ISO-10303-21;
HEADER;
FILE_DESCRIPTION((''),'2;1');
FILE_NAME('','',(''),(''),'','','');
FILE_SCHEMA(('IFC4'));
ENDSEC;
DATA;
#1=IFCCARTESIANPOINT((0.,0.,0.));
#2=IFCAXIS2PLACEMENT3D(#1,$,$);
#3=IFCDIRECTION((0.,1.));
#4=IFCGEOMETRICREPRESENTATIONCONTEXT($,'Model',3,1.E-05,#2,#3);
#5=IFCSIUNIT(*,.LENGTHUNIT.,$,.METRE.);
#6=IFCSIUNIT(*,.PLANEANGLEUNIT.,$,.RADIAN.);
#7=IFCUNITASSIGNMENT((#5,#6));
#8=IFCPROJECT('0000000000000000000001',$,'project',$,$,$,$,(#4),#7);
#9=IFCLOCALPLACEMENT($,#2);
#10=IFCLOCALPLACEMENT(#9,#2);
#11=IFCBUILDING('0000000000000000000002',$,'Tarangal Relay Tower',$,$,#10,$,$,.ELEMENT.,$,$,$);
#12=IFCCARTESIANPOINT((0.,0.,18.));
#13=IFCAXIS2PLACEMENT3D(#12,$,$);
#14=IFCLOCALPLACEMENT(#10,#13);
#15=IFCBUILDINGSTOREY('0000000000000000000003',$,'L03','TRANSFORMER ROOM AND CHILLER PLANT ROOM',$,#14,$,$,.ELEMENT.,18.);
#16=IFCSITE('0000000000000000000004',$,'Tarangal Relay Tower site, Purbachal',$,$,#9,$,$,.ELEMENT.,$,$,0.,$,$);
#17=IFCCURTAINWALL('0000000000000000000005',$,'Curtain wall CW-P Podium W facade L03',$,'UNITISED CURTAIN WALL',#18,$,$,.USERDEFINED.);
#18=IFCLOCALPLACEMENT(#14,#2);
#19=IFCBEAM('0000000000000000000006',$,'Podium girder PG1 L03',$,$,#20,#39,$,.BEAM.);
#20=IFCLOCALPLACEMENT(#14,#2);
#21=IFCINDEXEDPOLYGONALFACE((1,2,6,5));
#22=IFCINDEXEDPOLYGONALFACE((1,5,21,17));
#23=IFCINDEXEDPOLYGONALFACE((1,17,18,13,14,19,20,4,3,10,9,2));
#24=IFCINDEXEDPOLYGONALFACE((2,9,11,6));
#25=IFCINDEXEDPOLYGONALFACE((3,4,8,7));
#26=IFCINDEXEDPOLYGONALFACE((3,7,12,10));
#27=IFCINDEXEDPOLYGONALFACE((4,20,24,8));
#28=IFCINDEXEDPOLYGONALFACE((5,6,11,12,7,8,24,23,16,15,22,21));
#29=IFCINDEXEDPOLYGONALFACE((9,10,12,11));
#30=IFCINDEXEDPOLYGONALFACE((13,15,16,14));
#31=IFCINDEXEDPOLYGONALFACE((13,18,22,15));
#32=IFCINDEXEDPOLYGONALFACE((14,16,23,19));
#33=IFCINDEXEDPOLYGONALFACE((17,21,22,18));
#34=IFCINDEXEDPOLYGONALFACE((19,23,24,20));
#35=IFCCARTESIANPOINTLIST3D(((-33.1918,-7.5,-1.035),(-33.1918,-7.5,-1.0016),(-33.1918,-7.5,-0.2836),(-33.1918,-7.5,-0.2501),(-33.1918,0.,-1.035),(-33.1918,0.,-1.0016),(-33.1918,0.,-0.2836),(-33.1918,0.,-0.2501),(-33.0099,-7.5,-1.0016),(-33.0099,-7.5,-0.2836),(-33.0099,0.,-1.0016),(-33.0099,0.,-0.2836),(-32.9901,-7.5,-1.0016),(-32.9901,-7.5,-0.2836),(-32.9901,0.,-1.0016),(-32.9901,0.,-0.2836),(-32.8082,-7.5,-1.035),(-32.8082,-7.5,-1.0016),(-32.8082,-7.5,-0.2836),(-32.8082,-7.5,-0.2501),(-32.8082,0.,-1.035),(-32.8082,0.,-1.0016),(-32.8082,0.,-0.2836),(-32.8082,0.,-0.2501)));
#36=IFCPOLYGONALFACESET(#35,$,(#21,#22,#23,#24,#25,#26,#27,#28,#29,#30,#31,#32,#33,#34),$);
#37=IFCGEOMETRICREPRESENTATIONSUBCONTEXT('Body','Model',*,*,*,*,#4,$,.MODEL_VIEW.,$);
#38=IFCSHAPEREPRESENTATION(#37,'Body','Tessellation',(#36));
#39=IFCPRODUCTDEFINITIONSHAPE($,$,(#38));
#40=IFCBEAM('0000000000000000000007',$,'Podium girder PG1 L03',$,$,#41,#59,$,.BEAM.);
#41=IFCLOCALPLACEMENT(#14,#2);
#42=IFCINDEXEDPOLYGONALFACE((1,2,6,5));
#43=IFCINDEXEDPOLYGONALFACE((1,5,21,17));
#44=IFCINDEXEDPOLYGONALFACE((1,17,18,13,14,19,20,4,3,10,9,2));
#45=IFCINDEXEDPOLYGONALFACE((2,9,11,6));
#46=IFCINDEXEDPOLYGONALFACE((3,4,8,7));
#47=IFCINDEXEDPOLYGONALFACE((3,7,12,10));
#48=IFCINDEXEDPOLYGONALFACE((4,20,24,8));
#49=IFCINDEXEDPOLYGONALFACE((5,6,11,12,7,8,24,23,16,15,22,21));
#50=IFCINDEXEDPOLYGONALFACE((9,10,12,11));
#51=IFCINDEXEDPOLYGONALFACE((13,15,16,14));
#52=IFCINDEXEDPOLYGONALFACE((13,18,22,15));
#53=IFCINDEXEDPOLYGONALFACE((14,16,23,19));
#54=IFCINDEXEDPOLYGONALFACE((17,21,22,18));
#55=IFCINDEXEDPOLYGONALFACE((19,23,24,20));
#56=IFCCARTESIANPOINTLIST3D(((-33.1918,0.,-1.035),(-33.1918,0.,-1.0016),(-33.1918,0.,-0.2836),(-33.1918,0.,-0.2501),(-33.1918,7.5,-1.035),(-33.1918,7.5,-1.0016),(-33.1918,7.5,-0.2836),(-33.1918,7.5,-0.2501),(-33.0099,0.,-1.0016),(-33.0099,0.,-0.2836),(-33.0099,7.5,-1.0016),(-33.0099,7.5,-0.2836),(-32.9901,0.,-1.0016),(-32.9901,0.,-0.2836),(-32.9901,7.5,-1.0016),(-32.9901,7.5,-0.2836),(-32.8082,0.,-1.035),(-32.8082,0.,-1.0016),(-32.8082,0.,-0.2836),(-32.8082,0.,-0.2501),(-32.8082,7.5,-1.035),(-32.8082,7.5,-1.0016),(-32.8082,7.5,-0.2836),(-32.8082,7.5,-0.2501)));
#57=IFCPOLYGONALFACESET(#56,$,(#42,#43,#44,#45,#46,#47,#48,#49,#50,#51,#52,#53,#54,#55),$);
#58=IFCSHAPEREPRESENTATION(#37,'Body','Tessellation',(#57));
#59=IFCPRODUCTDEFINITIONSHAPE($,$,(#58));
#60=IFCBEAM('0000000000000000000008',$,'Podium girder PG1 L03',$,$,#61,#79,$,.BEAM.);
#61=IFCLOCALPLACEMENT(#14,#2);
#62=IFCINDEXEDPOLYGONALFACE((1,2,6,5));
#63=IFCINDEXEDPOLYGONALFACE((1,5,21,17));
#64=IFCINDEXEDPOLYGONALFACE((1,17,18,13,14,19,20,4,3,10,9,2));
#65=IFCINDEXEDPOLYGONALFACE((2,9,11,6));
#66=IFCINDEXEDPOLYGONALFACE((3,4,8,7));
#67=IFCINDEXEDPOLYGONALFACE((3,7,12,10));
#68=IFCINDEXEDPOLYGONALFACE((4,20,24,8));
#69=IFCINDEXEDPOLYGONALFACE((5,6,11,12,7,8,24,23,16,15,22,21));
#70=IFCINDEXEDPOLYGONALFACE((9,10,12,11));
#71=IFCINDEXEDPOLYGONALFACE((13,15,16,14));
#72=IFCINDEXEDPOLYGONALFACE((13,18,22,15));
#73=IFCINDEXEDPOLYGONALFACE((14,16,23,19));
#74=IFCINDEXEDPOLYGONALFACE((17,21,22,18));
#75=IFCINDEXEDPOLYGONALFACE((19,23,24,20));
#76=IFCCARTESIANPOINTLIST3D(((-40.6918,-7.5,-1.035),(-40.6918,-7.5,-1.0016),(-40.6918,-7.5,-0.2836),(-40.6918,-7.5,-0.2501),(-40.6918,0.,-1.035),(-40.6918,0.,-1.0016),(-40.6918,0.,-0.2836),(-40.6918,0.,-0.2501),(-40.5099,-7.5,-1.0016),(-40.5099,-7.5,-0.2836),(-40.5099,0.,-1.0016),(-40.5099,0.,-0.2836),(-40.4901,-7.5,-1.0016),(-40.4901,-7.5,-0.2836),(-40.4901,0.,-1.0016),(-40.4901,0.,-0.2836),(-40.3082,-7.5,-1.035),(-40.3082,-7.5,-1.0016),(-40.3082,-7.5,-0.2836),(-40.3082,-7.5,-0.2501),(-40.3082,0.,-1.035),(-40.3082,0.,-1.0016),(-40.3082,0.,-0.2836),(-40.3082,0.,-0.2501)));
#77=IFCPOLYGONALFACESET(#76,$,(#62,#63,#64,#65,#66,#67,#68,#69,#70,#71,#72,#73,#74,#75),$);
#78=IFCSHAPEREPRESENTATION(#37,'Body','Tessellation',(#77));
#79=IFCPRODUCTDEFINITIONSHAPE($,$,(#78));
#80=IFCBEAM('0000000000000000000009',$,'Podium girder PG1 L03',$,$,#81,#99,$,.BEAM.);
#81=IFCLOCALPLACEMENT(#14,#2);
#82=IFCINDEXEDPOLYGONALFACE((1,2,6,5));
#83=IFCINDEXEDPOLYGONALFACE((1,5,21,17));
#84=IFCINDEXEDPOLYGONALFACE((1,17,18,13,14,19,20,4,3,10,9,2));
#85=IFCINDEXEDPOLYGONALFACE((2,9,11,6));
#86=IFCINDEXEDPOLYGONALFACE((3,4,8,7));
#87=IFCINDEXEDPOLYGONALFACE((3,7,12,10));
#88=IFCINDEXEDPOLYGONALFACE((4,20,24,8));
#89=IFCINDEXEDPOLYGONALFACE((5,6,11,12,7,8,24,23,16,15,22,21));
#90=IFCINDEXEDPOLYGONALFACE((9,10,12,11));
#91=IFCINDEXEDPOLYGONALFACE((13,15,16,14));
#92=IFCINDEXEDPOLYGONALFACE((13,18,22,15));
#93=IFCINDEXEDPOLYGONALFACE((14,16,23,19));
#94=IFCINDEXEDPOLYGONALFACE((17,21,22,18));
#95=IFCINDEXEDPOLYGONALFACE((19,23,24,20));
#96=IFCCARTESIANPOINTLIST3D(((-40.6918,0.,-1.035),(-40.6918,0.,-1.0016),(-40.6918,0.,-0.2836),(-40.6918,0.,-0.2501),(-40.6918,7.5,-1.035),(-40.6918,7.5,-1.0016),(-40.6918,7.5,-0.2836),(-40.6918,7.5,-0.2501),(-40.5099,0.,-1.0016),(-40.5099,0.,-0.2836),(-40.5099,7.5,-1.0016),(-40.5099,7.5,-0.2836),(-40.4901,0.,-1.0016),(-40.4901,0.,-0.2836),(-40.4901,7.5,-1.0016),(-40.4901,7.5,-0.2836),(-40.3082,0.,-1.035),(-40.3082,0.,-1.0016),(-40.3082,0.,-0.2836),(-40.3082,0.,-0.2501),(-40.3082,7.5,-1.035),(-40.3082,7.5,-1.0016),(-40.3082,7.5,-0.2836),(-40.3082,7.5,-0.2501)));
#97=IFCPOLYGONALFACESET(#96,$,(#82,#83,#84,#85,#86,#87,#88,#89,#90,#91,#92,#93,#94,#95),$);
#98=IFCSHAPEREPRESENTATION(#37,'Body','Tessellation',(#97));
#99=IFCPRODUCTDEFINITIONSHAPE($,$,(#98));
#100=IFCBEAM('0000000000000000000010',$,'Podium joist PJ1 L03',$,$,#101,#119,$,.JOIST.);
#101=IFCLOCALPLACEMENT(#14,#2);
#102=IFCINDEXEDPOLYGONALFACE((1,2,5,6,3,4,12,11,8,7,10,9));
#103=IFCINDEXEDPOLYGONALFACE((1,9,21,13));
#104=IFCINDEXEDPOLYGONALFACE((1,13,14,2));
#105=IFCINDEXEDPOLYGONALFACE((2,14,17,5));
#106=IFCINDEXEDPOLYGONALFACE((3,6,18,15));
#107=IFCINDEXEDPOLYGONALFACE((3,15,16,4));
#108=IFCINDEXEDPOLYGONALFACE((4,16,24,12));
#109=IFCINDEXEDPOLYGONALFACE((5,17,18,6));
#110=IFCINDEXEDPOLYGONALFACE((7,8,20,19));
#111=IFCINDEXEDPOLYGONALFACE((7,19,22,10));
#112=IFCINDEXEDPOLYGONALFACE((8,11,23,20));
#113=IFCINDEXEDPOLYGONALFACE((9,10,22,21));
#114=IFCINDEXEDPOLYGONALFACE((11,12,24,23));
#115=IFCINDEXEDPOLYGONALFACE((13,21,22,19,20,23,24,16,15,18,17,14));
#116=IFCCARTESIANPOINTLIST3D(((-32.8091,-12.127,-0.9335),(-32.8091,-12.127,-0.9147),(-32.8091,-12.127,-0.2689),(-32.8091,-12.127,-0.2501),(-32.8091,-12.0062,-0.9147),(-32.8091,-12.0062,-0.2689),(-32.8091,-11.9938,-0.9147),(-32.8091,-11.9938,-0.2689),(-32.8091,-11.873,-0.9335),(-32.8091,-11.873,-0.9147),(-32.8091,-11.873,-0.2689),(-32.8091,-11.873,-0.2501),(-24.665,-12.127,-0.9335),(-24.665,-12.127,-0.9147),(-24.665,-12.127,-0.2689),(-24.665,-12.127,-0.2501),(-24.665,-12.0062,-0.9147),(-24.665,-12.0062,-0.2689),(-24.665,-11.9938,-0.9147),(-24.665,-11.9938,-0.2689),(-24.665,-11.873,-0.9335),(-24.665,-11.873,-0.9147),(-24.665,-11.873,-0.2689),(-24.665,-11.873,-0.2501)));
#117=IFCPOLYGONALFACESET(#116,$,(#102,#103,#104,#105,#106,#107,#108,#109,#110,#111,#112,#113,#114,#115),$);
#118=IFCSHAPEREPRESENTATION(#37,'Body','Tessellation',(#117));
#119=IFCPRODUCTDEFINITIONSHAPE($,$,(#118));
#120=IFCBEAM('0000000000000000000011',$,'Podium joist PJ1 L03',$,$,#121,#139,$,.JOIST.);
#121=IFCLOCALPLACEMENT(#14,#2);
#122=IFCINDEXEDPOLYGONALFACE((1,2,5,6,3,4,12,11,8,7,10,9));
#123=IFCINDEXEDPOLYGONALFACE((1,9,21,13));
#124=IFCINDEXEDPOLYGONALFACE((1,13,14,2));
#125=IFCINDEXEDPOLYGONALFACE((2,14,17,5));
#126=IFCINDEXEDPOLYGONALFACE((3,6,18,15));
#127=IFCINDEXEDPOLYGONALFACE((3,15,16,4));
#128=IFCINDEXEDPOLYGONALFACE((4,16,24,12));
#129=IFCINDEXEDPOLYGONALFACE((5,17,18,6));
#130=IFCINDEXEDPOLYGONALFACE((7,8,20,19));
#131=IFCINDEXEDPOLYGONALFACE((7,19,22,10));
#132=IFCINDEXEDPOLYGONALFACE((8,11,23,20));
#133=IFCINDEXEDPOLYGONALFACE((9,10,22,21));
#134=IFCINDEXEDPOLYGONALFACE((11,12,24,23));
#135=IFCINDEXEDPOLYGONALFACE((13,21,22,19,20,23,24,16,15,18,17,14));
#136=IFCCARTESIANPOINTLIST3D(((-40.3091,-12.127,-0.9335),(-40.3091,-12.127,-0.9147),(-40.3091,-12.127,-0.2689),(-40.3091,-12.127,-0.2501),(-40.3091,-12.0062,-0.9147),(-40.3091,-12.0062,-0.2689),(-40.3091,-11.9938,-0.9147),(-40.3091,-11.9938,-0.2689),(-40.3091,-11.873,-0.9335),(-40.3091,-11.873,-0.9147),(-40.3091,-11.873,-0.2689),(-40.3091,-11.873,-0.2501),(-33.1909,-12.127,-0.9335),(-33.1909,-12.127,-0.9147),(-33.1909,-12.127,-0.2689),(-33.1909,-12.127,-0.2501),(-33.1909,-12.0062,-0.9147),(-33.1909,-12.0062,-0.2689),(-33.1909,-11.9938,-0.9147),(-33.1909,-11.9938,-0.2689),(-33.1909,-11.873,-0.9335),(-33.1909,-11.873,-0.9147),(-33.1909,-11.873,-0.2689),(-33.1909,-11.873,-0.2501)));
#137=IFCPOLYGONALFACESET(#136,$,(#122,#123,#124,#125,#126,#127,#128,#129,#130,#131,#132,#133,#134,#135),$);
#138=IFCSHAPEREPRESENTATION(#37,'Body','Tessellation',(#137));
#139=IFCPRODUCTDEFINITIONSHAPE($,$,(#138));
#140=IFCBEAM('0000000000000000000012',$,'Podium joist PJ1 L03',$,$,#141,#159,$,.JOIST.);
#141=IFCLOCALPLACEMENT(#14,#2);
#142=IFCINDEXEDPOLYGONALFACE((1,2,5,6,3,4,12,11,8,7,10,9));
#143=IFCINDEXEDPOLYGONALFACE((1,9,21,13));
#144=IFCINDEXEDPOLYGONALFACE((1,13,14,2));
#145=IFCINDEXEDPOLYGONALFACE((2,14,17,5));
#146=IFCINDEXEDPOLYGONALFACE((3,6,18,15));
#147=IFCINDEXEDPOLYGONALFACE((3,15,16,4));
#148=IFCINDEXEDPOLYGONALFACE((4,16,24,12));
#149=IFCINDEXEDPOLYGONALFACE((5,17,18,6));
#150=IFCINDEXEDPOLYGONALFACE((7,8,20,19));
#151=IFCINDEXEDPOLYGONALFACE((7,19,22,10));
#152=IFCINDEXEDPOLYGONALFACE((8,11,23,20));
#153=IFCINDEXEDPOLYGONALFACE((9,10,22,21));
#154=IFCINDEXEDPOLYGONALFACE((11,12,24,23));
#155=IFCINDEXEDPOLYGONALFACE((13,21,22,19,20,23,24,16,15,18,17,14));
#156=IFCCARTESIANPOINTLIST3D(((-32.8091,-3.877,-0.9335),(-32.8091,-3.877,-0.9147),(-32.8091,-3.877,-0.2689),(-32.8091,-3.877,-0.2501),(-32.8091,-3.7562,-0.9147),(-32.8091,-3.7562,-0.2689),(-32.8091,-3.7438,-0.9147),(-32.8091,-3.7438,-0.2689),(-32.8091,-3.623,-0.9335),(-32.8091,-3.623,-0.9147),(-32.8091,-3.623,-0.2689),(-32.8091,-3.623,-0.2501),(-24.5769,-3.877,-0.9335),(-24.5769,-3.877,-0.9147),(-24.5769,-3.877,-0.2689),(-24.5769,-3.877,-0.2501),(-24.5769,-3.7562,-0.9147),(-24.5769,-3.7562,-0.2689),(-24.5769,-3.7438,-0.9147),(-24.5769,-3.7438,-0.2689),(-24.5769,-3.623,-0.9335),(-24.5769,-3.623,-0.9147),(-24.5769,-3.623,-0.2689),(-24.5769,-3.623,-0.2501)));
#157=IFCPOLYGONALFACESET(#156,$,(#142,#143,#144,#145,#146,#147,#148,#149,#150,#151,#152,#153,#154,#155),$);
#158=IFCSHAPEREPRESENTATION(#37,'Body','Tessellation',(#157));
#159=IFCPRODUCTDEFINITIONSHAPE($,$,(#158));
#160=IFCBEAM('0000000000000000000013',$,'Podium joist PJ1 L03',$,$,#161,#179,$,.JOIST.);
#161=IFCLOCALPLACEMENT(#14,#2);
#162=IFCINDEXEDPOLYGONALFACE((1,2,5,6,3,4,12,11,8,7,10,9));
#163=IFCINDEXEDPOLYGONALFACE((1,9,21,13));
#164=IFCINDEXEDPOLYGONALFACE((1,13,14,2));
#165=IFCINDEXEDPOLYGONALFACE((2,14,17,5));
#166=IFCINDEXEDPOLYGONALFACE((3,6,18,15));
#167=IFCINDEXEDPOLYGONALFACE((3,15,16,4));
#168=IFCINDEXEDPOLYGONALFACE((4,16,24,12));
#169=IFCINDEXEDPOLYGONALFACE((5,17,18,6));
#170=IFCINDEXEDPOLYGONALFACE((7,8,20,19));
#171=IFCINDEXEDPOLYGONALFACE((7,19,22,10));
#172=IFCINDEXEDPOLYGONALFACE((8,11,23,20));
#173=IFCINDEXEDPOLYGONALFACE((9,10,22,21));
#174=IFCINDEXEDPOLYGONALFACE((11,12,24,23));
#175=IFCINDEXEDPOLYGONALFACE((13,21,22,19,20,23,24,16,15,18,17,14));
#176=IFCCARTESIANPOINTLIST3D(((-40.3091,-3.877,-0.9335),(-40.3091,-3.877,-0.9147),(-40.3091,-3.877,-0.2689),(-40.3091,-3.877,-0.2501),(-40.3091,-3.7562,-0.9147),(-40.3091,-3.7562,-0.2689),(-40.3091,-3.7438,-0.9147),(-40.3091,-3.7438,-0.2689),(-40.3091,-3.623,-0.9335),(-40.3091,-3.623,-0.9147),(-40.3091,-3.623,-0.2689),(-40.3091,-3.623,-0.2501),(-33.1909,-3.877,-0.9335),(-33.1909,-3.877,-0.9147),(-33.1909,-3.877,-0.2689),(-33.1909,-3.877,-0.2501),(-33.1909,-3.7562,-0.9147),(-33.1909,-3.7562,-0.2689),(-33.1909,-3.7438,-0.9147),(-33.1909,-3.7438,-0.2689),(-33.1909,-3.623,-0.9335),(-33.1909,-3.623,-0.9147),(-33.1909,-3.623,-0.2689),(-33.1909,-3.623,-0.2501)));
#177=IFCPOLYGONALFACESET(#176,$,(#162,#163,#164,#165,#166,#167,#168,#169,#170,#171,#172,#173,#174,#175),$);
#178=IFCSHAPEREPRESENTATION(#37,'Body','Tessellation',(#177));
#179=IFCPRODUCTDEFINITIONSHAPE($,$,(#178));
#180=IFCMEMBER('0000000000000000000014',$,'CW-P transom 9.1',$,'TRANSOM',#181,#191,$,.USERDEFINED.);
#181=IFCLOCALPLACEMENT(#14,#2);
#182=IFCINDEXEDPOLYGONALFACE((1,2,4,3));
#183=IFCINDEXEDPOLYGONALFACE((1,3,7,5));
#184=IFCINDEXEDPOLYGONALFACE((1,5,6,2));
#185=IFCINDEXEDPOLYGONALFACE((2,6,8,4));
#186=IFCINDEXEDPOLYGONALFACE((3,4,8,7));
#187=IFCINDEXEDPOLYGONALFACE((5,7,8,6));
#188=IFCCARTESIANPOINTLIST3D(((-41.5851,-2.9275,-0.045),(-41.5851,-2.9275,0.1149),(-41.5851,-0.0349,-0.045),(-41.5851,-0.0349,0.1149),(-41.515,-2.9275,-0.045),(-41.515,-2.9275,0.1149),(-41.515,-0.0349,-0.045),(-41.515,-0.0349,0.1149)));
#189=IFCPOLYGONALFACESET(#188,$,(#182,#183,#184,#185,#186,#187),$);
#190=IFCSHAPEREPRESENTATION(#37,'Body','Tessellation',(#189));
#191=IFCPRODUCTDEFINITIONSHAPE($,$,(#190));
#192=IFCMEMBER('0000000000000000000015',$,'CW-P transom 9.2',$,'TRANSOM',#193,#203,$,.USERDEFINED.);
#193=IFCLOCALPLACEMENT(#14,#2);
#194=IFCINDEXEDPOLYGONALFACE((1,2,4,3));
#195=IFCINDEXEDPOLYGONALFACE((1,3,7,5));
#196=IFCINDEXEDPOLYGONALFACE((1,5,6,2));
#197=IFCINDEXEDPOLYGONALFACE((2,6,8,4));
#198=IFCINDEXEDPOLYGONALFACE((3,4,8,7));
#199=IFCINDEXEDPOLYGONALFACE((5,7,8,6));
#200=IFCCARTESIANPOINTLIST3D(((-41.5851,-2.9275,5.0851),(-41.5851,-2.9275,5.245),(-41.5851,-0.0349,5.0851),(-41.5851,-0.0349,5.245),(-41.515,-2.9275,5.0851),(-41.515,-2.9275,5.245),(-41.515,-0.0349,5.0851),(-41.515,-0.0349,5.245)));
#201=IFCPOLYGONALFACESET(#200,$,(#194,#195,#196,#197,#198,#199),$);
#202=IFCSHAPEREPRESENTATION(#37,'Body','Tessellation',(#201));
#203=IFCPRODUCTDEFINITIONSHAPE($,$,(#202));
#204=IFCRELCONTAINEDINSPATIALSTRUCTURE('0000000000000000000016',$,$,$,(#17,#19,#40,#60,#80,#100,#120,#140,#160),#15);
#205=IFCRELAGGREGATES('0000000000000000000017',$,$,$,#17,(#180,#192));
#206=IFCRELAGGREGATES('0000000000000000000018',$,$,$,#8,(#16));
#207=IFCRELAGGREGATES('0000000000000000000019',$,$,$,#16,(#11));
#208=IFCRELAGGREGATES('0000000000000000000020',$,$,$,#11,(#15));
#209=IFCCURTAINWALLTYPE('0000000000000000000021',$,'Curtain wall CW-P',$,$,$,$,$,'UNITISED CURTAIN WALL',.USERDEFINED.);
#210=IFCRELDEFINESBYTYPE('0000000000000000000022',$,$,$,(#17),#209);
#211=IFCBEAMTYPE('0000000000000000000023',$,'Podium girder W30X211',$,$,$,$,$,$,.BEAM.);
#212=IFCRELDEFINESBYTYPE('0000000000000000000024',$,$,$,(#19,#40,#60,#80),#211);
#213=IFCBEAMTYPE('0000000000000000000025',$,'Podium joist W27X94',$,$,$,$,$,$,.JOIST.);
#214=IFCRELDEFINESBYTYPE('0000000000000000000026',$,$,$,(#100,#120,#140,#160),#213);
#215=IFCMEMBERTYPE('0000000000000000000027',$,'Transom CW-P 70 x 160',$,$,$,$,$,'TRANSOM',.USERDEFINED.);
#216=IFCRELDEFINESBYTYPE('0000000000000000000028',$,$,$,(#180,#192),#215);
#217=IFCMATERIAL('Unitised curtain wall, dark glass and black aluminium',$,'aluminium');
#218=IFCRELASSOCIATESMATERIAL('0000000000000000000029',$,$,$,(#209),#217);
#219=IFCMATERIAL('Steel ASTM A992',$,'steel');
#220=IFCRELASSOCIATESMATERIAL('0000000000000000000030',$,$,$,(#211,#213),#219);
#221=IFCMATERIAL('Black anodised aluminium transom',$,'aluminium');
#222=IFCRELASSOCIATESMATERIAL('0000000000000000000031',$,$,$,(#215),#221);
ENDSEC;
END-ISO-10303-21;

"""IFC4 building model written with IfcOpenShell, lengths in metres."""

from ifc_helpers import new_model, si_unit, direction, frame, origin, origin_2d, place, context, subcontext, project, spatial, rectangle, i_section, extrude, material, material_profile, profile_set, type_object, element, aggregate, save


model = new_model("IFC4")

# Units and contexts
model_context = context("Model", 3, precision=1e-05, world=origin(), true_north=direction((0.0, 1.0)))
body_context = subcontext(model_context, "Body", "Model", "MODEL_VIEW")
ifc_project = project(units=[si_unit("LENGTHUNIT", "METRE"), si_unit("PLANEANGLEUNIT", "RADIAN")], contexts=[model_context])

# Site, building, storey
site_placement = place(None, origin())
site = spatial("IfcSite", under=ifc_project, at=site_placement, Name="Tarangal Relay Tower site, Purbachal", CompositionType="ELEMENT", RefElevation=0.0)
building_placement = place(site_placement, origin())
building = spatial("IfcBuilding", under=site, at=building_placement, Name="Tarangal Relay Tower", CompositionType="ELEMENT")
storey_placement = place(building_placement, frame((0.0, 0.0, 18.0)))
storey = spatial("IfcBuildingStorey", under=building, at=storey_placement, Name="L03", Description="TRANSFORMER ROOM AND CHILLER PLANT ROOM", CompositionType="ELEMENT", Elevation=18.0)

# Shared definitions
ifc_material_1 = material(Name="Steel ASTM A992", Category="steel")

# Curtain wall
ifc_material_2 = material(Name="Unitised curtain wall, dark glass and black aluminium", Category="aluminium")
curtain_wall_type = type_object("IfcCurtainWallType", Name="Curtain wall CW-P", ElementType="UNITISED CURTAIN WALL", PredefinedType="USERDEFINED", material=ifc_material_2)
curtain_wall_placement = place(storey_placement, origin())
curtain_wall = element("IfcCurtainWall", 1, at=curtain_wall_placement, inside=storey, type_object=curtain_wall_type, Name="Curtain wall CW-P Podium W facade L03", ObjectType="UNITISED CURTAIN WALL", PredefinedType="USERDEFINED")

# Beams
ifc_material_profile_1 = material_profile(ifc_material_1, i_section(OverallWidth=0.3835, OverallDepth=0.7849, WebThickness=0.0198, FlangeThickness=0.0334, at=origin_2d()), Name="W30X211")
ifc_profile_set_1 = profile_set([ifc_material_profile_1], Name="Steel ASTM A992")
beam_type_1 = type_object("IfcBeamType", Name="Podium girder W30X211", PredefinedType="BEAM", material=ifc_profile_set_1)
for number, where, z_axis, x_axis, name in (
    (2, (-33.0, -7.5, -0.6426), (0.0, 1.0, 0.0), (-1.0, 0.0, 0.0), "Podium girder PG1 L03"),
    (3, (-33.0, 0.0, -0.6426), (0.0, 1.0, 0.0), (-1.0, 0.0, 0.0), "Podium girder PG1 L03"),
    (4, (-40.5, -7.5, -0.6426), (0.0, 1.0, 0.0), (-1.0, 0.0, 0.0), "Podium girder PG1 L03"),
    (5, (-40.5, 0.0, -0.6426), (0.0, 1.0, 0.0), (-1.0, 0.0, 0.0), "Podium girder PG1 L03"),
):
    element("IfcBeam", number, at=place(storey_placement, frame(where, z_axis=z_axis, x_axis=x_axis)), inside=storey, type_object=beam_type_1, Name=name, PredefinedType="BEAM", context=body_context, shape_type="SweptSolid", body=[
        extrude(i_section(OverallWidth=0.3835, OverallDepth=0.7849, WebThickness=0.0198, FlangeThickness=0.0334, at=origin_2d()), origin(), (0.0, 0.0, 1.0), 7.5),
    ])
ifc_material_profile_2 = material_profile(ifc_material_1, i_section(OverallWidth=0.2539, OverallDepth=0.6833, WebThickness=0.0125, FlangeThickness=0.0188, at=origin_2d()), Name="W27X94")
ifc_profile_set_2 = profile_set([ifc_material_profile_2], Name="Steel ASTM A992")
beam_type_2 = type_object("IfcBeamType", Name="Podium joist W27X94", PredefinedType="JOIST", material=ifc_profile_set_2)
beam_1_placement = place(storey_placement, frame((-24.665, -12.0, -0.5918), z_axis=(-1.0, 0.0, 0.0), x_axis=(0.0, -1.0, 0.0)))
element("IfcBeam", 6, at=beam_1_placement, inside=storey, type_object=beam_type_2, Name="Podium joist PJ1 L03", PredefinedType="JOIST", context=body_context, shape_type="SweptSolid", body=[
    extrude(i_section(OverallWidth=0.2539, OverallDepth=0.6833, WebThickness=0.0125, FlangeThickness=0.0188, at=origin_2d()), origin(), (0.0, 0.0, 1.0), 8.144),
])
beam_2_placement = place(storey_placement, frame((-33.1909, -12.0, -0.5918), z_axis=(-1.0, 0.0, 0.0), x_axis=(0.0, -1.0, 0.0)))
element("IfcBeam", 7, at=beam_2_placement, inside=storey, type_object=beam_type_2, Name="Podium joist PJ1 L03", PredefinedType="JOIST", context=body_context, shape_type="SweptSolid", body=[
    extrude(i_section(OverallWidth=0.2539, OverallDepth=0.6833, WebThickness=0.0125, FlangeThickness=0.0188, at=origin_2d()), origin(), (0.0, 0.0, 1.0), 7.1182),
])
beam_3_placement = place(storey_placement, frame((-24.5769, -3.75, -0.5918), z_axis=(-1.0, 0.0, 0.0), x_axis=(0.0, -1.0, 0.0)))
element("IfcBeam", 8, at=beam_3_placement, inside=storey, type_object=beam_type_2, Name="Podium joist PJ1 L03", PredefinedType="JOIST", context=body_context, shape_type="SweptSolid", body=[
    extrude(i_section(OverallWidth=0.2539, OverallDepth=0.6833, WebThickness=0.0125, FlangeThickness=0.0188, at=origin_2d()), origin(), (0.0, 0.0, 1.0), 8.2322),
])
beam_4_placement = place(storey_placement, frame((-33.1909, -3.75, -0.5918), z_axis=(-1.0, 0.0, 0.0), x_axis=(0.0, -1.0, 0.0)))
element("IfcBeam", 9, at=beam_4_placement, inside=storey, type_object=beam_type_2, Name="Podium joist PJ1 L03", PredefinedType="JOIST", context=body_context, shape_type="SweptSolid", body=[
    extrude(i_section(OverallWidth=0.2539, OverallDepth=0.6833, WebThickness=0.0125, FlangeThickness=0.0188, at=origin_2d()), origin(), (0.0, 0.0, 1.0), 7.1182),
])

# Members
ifc_material_3 = material(Name="Black anodised aluminium transom", Category="aluminium")
ifc_material_profile_3 = material_profile(ifc_material_3, rectangle(XDim=0.0701, YDim=0.1599, at=origin_2d()), Name="CW-PT 70X160")
ifc_profile_set_3 = profile_set([ifc_material_profile_3], Name="Black anodised aluminium transom")
member_type_1 = type_object("IfcMemberType", Name="Transom CW-P 70 x 160", ElementType="TRANSOM", PredefinedType="USERDEFINED", material=ifc_profile_set_3)
member_1_placement = place(storey_placement, frame((-41.55, -0.0349, 0.0349), z_axis=(0.0, -1.0, 0.0), x_axis=(1.0, 0.0, 0.0)))
member_1 = element("IfcMember", 10, at=member_1_placement, type_object=member_type_1, Name="CW-P transom 9.1", ObjectType="TRANSOM", PredefinedType="USERDEFINED", context=body_context, shape_type="SweptSolid", body=[
    extrude(rectangle(XDim=0.0701, YDim=0.1599, at=origin_2d()), origin(), (0.0, 0.0, 1.0), 2.8926),
])
member_2_placement = place(storey_placement, frame((-41.55, -0.0349, 5.165), z_axis=(0.0, -1.0, 0.0), x_axis=(1.0, 0.0, 0.0)))
member_2 = element("IfcMember", 11, at=member_2_placement, type_object=member_type_1, Name="CW-P transom 9.2", ObjectType="TRANSOM", PredefinedType="USERDEFINED", context=body_context, shape_type="SweptSolid", body=[
    extrude(rectangle(XDim=0.0701, YDim=0.1599, at=origin_2d()), origin(), (0.0, 0.0, 1.0), 2.8926),
])

aggregate(curtain_wall, [member_1, member_2])

save(model, "model.ifc")
